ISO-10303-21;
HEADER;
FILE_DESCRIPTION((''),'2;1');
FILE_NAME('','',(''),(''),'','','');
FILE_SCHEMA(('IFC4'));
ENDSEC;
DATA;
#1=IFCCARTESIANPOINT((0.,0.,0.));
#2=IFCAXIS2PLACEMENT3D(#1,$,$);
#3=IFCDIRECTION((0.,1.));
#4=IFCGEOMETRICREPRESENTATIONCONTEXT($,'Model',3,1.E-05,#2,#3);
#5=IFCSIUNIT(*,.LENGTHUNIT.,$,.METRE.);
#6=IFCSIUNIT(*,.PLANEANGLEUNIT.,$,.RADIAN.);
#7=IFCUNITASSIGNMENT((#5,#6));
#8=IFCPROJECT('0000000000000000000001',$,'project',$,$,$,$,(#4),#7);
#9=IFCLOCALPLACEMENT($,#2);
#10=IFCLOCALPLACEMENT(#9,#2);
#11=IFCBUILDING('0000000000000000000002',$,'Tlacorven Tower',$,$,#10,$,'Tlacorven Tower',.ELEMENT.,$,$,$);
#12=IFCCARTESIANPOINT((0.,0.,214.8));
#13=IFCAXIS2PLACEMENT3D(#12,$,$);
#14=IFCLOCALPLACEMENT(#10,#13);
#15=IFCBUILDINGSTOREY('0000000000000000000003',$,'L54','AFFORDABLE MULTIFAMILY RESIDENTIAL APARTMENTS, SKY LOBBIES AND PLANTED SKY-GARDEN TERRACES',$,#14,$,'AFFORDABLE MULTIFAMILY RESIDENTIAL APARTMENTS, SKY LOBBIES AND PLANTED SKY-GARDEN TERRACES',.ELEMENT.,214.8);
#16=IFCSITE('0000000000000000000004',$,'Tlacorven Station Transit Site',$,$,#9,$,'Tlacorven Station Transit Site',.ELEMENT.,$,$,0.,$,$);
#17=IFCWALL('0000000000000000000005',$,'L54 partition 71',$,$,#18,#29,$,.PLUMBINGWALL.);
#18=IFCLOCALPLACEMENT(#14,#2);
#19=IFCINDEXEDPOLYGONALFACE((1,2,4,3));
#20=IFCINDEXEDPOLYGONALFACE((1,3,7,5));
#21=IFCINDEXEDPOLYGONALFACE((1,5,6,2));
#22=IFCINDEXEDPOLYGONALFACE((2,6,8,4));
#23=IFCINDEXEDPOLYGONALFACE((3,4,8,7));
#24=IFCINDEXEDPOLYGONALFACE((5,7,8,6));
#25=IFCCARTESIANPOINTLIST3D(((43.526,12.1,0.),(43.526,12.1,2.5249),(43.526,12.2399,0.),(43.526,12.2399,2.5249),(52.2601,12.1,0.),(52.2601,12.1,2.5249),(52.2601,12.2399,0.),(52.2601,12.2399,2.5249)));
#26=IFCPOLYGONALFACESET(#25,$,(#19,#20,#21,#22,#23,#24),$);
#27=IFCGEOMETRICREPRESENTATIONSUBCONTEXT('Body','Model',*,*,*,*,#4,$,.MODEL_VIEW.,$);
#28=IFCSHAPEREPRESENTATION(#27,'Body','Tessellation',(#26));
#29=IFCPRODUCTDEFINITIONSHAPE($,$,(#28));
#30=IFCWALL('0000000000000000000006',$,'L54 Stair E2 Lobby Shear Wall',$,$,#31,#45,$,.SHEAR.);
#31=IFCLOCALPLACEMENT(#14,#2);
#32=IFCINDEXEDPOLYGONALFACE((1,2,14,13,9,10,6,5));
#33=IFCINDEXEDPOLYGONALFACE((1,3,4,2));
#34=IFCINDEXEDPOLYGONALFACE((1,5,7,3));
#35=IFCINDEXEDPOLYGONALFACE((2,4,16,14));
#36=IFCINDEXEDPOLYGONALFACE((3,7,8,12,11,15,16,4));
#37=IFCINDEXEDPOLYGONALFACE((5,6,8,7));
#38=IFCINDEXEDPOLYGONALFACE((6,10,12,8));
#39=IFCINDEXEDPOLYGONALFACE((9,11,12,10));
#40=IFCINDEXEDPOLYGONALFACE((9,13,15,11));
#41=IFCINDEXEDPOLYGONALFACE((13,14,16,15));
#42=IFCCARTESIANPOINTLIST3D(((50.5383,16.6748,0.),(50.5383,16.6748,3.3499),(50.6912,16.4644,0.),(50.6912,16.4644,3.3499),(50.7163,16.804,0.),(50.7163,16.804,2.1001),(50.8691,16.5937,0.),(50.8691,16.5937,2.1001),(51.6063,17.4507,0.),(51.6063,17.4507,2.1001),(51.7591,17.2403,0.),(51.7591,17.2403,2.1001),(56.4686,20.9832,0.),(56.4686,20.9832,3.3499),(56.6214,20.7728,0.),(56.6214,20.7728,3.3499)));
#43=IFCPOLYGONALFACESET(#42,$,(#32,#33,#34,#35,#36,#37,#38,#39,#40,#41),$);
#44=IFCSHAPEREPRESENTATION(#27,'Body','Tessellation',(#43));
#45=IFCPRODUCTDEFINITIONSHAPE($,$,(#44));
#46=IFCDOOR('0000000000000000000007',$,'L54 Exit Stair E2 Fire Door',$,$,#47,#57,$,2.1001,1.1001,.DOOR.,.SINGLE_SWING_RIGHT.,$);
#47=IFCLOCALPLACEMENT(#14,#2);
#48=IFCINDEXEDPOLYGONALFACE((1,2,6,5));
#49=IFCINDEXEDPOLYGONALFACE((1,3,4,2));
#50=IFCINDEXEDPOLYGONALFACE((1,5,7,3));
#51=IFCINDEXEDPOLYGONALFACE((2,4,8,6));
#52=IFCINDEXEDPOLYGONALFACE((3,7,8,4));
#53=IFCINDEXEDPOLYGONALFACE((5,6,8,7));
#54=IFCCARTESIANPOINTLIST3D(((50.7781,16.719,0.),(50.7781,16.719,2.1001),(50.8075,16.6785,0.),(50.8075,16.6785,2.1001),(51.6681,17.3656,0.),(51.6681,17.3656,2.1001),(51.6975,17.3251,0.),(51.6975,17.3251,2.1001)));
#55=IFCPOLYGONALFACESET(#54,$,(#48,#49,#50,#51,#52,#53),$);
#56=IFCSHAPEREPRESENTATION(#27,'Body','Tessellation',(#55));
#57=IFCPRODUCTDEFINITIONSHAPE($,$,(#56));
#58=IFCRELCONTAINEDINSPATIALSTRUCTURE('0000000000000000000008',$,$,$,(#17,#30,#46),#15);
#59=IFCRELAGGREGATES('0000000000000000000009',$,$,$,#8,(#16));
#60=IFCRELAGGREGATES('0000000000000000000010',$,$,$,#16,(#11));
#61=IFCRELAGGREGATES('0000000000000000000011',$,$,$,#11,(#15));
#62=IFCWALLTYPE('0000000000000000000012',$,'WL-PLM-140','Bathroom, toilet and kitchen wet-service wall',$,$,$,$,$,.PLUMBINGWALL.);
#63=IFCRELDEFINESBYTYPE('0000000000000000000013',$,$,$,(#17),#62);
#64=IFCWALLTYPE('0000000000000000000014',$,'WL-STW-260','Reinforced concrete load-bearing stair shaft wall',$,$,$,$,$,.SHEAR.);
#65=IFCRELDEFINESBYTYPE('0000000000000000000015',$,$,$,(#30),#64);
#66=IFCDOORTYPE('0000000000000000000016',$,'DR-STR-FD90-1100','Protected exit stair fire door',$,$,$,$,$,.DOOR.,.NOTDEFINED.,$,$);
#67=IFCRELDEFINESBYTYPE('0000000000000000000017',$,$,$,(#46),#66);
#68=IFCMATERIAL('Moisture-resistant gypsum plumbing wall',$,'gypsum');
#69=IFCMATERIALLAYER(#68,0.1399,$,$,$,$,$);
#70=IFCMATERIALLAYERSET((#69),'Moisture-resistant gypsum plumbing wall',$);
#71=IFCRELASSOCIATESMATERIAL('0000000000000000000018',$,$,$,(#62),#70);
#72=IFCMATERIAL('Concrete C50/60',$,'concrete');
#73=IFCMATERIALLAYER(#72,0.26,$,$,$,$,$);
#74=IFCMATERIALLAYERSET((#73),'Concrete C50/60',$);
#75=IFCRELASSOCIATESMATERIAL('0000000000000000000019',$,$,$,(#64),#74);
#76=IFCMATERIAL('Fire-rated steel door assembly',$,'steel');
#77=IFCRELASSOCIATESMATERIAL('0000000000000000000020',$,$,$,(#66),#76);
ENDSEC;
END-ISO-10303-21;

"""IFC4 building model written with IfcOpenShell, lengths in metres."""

from ifc_helpers import new_model, si_unit, direction, frame, frame_2d, origin, place, context, subcontext, project, spatial, rectangle, extrude, source, transform, mapped, material, layer, layer_set, type_object, element, fill, save


model = new_model("IFC4")

# Units and contexts
model_context = context("Model", 3, precision=1e-05, world=origin(), true_north=direction((0.0, 1.0)))
body_context = subcontext(model_context, "Body", "Model", "MODEL_VIEW")
ifc_project = project(units=[si_unit("LENGTHUNIT", "METRE"), si_unit("PLANEANGLEUNIT", "RADIAN")], contexts=[model_context])

# Site, building, storey
site_placement = place(None, origin())
site = spatial("IfcSite", under=ifc_project, at=site_placement, Name="Tlacorven Station Transit Site", LongName="Tlacorven Station Transit Site", CompositionType="ELEMENT", RefElevation=0.0)
building_placement = place(site_placement, origin())
building = spatial("IfcBuilding", under=site, at=building_placement, Name="Tlacorven Tower", LongName="Tlacorven Tower", CompositionType="ELEMENT")
storey_placement = place(building_placement, frame((0.0, 0.0, 214.8)))
storey = spatial("IfcBuildingStorey", under=building, at=storey_placement, Name="L54", Description="AFFORDABLE MULTIFAMILY RESIDENTIAL APARTMENTS, SKY LOBBIES AND PLANTED SKY-GARDEN TERRACES", LongName="AFFORDABLE MULTIFAMILY RESIDENTIAL APARTMENTS, SKY LOBBIES AND PLANTED SKY-GARDEN TERRACES", CompositionType="ELEMENT", Elevation=214.8)

# Shared definitions
ifc_material_1 = material(Name="Fire-rated steel door assembly", Category="steel")

# Wall
ifc_material_2 = material(Name="Moisture-resistant gypsum plumbing wall", Category="gypsum")
ifc_layer_1 = layer(ifc_material_2, 0.1399)
ifc_layer_set_1 = layer_set([ifc_layer_1], Name="Moisture-resistant gypsum plumbing wall")
wall_type_1 = type_object("IfcWallType", Name="WL-PLM-140", Description="Bathroom, toilet and kitchen wet-service wall", PredefinedType="PLUMBINGWALL", material=ifc_layer_set_1)
wall_1_placement = place(storey_placement, frame((43.5259, 12.1699, 0.0), z_axis=(0.0, 0.0, 1.0), x_axis=(1.0, 0.0, 0.0)))
element("IfcWall", 1, at=wall_1_placement, inside=storey, type_object=wall_type_1, Name="L54 partition 71", PredefinedType="PLUMBINGWALL", context=body_context, shape_type="SweptSolid", body=[
    extrude(rectangle(XDim=8.7341, YDim=0.1399, at=frame_2d((4.3672, 0.0))), origin(), (0.0, 0.0, 1.0), 2.5249),
])

# Wall, opening, door
ifc_material_3 = material(Name="Concrete C50/60", Category="concrete")
ifc_layer_2 = layer(ifc_material_3, 0.26)
ifc_layer_set_2 = layer_set([ifc_layer_2], Name="Concrete C50/60")
wall_type_2 = type_object("IfcWallType", Name="WL-STW-260", Description="Reinforced concrete load-bearing stair shaft wall", PredefinedType="SHEAR", material=ifc_layer_set_2)
wall_2_placement = place(storey_placement, frame((50.6147, 16.5696, 0.0), z_axis=(0.0, 0.0, 1.0), x_axis=(0.809028, 0.58777, 0.0)))
wall_2 = element("IfcWall", 2, at=wall_2_placement, inside=storey, type_object=wall_type_2, Name="L54 Stair E2 Lobby Shear Wall", PredefinedType="SHEAR", context=body_context, shape_type="SweptSolid", body=[
    extrude(rectangle(XDim=7.3301, YDim=0.26, at=frame_2d((3.665, 0.0))), origin(), (0.0, 0.0, 1.0), 3.3499),
])
opening_1_placement = place(wall_2_placement, frame((0.22, 0.0, 0.0)))
opening_1 = element("IfcOpeningElement", 3, at=opening_1_placement, cuts=wall_2, PredefinedType="OPENING", context=body_context, shape_type="SweptSolid", body=[
    extrude(rectangle(XDim=1.1001, YDim=2.1001, at=frame_2d((0.55, 1.05))), frame((0.0, 0.1401, 0.0), z_axis=(0.0, -1.0, 0.0), x_axis=(1.0, 0.0, 0.0)), (0.0, 0.0, 1.0), 0.28),
])
door_type_1 = type_object("IfcDoorType", Name="DR-STR-FD90-1100", Description="Protected exit stair fire door", OperationType="NOTDEFINED", PredefinedType="DOOR", material=ifc_material_1)
shared_shape_1 = source(origin(), body_context, "Body", "SweptSolid", [
    extrude(rectangle(XDim=1.1001, YDim=2.1001, at=frame_2d((0.55, 1.05))), frame((0.0, 0.0249, 0.0), z_axis=(0.0, -1.0, 0.0), x_axis=(1.0, 0.0, 0.0)), (0.0, 0.0, 1.0), 0.05),
])
door_1_placement = place(opening_1_placement, origin())
door_1 = element("IfcDoor", 4, at=door_1_placement, inside=storey, type_object=door_type_1, Name="L54 Exit Stair E2 Fire Door", OperationType="SINGLE_SWING_RIGHT", OverallHeight=2.1001, OverallWidth=1.1001, PredefinedType="DOOR", context=body_context, shape_type="MappedRepresentation", body=[
    mapped(shared_shape_1, transform((0.0, 0.0, 0.0), scale=1.0)),
])
fill(opening_1, door_1)

save(model, "model.ifc")
